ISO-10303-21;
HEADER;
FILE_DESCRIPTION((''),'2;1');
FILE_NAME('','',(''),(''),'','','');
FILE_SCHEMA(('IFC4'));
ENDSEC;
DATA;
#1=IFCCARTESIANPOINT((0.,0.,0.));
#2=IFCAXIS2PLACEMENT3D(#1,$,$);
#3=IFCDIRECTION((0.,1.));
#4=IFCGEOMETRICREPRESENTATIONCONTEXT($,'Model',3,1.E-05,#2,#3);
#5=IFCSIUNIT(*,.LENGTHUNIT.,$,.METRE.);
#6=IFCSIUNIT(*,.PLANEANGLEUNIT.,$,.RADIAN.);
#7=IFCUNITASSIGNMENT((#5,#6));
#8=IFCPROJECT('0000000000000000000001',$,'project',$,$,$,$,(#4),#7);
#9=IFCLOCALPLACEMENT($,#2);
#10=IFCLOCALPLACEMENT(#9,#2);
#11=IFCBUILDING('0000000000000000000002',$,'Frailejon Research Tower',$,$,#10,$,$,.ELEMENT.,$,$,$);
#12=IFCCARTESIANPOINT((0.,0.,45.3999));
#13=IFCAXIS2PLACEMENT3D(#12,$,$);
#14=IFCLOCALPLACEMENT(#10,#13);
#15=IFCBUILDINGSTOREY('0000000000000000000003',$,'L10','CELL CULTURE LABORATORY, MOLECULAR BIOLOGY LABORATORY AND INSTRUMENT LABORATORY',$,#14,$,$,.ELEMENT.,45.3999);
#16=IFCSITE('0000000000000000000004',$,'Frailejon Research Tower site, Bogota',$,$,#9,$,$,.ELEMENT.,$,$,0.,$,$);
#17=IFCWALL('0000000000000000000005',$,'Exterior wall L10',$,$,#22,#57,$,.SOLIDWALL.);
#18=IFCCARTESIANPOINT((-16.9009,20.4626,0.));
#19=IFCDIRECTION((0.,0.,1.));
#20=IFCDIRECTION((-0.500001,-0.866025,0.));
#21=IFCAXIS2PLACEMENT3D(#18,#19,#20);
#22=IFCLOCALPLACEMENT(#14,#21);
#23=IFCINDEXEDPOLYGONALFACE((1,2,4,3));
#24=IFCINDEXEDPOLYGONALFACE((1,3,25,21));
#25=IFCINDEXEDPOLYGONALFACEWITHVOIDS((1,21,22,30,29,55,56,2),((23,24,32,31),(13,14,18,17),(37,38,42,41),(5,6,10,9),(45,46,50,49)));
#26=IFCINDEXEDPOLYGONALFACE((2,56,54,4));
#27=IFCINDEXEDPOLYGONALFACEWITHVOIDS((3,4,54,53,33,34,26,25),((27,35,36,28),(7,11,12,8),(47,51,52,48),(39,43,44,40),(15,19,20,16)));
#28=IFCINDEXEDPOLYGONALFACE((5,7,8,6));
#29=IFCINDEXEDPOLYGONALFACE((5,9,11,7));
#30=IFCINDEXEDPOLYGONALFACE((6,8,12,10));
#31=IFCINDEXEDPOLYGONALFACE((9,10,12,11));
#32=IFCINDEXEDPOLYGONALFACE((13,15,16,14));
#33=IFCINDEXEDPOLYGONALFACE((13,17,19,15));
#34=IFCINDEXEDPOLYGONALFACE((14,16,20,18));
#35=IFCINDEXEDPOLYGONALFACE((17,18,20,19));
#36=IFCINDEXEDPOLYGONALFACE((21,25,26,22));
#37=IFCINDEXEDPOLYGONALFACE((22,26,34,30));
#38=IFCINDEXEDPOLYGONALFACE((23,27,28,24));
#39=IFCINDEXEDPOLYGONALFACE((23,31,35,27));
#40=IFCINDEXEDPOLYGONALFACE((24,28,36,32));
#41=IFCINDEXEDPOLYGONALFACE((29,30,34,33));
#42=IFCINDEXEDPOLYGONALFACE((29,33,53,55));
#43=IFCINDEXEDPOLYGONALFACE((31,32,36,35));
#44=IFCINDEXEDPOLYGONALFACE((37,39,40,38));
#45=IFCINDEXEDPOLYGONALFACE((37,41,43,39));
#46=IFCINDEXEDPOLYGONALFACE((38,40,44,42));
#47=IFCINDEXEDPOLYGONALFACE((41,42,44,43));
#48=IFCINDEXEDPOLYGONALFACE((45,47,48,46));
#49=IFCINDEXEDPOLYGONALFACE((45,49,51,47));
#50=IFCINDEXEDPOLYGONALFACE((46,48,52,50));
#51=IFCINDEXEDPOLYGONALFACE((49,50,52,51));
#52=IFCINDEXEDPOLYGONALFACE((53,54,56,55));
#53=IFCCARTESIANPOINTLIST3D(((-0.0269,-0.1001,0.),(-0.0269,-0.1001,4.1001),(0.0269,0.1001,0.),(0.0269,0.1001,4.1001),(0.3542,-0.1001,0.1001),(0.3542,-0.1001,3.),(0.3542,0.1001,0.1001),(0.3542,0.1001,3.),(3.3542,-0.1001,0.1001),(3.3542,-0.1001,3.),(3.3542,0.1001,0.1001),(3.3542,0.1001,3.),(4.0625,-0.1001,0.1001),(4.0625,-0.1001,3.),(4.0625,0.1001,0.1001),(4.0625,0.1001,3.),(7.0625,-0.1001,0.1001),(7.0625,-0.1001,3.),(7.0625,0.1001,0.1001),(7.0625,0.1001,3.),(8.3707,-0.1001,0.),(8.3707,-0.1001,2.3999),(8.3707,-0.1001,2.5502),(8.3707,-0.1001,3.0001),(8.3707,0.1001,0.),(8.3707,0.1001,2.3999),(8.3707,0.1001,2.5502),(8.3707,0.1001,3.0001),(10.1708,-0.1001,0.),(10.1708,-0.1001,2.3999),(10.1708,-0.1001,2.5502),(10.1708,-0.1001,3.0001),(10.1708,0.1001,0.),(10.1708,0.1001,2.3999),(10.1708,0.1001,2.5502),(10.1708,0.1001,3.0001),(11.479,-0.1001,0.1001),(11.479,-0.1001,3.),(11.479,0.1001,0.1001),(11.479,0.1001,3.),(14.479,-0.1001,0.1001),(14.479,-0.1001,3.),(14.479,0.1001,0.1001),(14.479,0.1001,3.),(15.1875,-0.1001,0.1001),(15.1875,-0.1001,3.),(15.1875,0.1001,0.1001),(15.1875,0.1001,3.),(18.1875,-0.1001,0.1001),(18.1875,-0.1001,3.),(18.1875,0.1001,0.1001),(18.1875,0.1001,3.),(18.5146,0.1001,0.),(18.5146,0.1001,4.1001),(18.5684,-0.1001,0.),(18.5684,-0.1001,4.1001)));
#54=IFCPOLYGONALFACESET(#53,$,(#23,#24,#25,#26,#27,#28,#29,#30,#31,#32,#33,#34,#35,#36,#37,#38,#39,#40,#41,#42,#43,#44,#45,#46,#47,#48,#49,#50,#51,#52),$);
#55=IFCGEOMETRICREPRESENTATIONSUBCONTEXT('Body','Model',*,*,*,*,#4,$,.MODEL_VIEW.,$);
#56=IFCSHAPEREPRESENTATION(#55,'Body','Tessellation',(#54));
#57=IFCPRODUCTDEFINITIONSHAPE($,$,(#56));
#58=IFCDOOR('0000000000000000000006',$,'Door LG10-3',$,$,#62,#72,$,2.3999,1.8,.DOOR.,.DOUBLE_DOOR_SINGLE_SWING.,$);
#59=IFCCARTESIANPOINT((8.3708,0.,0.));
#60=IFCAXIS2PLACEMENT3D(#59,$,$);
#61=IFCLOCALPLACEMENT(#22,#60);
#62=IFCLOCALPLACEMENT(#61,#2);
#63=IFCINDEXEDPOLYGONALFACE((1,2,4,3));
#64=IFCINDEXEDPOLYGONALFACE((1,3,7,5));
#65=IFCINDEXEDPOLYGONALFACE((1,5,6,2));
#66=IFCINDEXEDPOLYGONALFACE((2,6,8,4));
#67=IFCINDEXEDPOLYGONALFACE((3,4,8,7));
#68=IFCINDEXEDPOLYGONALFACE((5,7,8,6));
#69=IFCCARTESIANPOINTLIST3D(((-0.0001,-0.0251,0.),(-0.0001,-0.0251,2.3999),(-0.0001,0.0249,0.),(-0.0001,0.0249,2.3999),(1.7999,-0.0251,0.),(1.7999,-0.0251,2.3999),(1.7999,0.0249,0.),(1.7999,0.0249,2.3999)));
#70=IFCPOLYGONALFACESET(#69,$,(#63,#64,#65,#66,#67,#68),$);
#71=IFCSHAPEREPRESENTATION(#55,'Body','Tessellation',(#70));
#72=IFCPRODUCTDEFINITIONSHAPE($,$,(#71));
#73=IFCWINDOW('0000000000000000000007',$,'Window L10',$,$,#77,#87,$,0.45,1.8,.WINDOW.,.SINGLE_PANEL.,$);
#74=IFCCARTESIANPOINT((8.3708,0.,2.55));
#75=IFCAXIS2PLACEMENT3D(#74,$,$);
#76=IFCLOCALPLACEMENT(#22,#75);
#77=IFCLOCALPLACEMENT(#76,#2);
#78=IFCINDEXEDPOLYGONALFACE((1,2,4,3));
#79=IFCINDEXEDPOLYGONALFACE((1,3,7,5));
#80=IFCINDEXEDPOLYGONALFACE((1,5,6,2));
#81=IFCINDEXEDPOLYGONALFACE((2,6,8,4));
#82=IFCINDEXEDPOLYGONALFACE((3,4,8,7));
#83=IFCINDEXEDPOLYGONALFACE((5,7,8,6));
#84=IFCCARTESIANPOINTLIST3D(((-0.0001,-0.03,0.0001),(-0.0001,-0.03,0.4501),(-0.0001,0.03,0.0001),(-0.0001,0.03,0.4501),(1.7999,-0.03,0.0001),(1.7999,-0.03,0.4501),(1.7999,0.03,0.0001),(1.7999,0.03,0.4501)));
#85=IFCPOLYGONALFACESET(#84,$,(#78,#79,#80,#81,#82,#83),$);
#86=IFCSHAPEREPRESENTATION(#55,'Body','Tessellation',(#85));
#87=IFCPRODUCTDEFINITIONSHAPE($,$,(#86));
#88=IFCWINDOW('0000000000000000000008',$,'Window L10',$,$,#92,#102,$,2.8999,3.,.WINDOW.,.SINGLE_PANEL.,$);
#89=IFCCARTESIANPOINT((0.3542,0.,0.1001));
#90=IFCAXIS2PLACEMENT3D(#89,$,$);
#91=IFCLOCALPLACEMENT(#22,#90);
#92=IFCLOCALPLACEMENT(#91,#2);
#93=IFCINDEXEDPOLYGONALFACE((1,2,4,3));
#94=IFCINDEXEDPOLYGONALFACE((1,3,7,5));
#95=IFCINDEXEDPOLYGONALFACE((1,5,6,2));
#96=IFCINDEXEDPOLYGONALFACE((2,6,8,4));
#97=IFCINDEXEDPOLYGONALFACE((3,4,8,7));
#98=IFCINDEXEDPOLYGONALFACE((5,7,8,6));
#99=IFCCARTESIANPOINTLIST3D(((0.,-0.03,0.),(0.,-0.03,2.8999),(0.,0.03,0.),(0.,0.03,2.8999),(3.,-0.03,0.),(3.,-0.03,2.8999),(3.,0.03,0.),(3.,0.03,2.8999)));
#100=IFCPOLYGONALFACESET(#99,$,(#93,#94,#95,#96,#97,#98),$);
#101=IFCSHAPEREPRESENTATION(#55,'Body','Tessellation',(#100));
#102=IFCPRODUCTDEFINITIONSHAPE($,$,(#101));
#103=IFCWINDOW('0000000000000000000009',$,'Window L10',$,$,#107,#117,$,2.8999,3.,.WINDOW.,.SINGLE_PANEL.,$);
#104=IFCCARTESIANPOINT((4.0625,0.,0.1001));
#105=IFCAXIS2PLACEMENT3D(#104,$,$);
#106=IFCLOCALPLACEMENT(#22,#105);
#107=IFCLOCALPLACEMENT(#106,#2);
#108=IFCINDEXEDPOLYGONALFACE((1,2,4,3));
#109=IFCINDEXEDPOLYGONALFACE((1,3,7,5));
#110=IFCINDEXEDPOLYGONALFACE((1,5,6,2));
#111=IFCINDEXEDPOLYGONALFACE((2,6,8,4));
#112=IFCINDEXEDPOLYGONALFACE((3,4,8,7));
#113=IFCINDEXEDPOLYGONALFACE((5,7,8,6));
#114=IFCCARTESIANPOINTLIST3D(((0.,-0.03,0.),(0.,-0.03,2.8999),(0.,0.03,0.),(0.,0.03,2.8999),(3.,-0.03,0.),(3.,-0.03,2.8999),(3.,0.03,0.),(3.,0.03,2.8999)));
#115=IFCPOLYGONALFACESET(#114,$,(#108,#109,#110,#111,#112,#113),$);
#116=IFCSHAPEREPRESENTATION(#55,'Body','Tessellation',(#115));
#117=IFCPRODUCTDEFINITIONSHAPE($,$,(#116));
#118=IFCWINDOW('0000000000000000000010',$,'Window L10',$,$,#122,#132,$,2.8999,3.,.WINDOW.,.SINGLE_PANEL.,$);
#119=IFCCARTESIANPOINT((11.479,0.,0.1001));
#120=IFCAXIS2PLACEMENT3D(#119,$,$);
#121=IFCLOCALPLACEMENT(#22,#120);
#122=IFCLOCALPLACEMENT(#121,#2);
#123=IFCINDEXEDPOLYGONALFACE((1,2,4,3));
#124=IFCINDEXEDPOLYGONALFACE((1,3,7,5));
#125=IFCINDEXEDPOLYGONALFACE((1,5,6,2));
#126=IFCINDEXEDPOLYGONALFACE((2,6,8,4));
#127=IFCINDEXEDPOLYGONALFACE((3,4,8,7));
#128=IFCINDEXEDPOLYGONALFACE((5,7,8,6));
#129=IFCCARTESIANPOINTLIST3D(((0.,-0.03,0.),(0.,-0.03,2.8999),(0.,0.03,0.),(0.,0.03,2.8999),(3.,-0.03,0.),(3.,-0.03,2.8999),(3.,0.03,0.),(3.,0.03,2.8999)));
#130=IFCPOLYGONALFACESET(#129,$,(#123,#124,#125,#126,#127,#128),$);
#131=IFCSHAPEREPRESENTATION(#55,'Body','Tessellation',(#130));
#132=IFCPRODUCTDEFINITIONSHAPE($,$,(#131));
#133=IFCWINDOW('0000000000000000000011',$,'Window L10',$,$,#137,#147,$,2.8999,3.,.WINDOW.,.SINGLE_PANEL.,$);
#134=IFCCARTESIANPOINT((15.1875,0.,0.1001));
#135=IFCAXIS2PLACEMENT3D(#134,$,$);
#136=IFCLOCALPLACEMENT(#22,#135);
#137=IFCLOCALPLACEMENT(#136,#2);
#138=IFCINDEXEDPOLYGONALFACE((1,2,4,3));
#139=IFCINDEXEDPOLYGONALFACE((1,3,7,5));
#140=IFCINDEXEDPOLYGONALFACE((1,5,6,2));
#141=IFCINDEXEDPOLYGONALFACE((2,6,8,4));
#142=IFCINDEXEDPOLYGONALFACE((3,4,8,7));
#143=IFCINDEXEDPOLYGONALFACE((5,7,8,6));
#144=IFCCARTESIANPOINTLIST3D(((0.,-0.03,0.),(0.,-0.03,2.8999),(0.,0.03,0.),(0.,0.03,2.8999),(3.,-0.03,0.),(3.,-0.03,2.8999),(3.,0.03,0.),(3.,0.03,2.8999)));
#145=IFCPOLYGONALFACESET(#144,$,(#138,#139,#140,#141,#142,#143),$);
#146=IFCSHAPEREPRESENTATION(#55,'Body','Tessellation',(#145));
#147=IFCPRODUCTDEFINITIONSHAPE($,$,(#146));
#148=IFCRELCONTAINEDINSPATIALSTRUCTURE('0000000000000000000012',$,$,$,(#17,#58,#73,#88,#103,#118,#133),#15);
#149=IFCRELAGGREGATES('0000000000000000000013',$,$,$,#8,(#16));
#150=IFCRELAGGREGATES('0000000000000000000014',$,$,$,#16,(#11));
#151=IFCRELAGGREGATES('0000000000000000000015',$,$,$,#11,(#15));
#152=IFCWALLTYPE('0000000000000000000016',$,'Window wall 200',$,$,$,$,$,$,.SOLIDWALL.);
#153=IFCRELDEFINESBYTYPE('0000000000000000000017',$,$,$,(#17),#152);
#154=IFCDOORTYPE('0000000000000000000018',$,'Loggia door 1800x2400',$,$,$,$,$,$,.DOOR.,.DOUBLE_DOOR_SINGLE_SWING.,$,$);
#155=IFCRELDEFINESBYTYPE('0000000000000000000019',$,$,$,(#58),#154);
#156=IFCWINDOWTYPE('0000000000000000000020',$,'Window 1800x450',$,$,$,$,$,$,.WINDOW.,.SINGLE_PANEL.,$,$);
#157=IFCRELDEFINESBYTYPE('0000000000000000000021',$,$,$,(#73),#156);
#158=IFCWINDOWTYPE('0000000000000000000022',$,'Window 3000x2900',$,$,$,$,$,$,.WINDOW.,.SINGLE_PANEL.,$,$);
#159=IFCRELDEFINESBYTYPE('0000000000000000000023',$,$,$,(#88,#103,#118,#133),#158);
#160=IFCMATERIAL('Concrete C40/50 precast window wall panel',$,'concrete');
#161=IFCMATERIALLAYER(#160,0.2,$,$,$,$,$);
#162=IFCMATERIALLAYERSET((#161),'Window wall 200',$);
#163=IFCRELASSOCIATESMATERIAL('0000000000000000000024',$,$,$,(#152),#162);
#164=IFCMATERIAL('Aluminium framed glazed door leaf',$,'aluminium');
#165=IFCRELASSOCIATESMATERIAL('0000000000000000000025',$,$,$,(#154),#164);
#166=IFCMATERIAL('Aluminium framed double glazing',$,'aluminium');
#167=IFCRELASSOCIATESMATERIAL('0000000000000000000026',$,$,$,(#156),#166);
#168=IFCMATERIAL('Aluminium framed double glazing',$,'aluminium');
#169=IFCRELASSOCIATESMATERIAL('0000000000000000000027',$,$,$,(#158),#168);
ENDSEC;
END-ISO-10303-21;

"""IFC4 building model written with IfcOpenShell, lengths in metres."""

from ifc_helpers import new_model, si_unit, direction, frame, frame_2d, origin, place, context, subcontext, project, spatial, polyline, rectangle, outline, extrude, material, layer, layer_set, type_object, element, fill, save


model = new_model("IFC4")

# Units and contexts
model_context = context("Model", 3, precision=1e-05, world=origin(), true_north=direction((0.0, 1.0)))
body_context = subcontext(model_context, "Body", "Model", "MODEL_VIEW")
ifc_project = project(units=[si_unit("LENGTHUNIT", "METRE"), si_unit("PLANEANGLEUNIT", "RADIAN")], contexts=[model_context])

# Site, building, storey
site_placement = place(None, origin())
site = spatial("IfcSite", under=ifc_project, at=site_placement, Name="Frailejon Research Tower site, Bogota", CompositionType="ELEMENT", RefElevation=0.0)
building_placement = place(site_placement, origin())
building = spatial("IfcBuilding", under=site, at=building_placement, Name="Frailejon Research Tower", CompositionType="ELEMENT")
storey_placement = place(building_placement, frame((0.0, 0.0, 45.3999)))
storey = spatial("IfcBuildingStorey", under=building, at=storey_placement, Name="L10", Description="CELL CULTURE LABORATORY, MOLECULAR BIOLOGY LABORATORY AND INSTRUMENT LABORATORY", CompositionType="ELEMENT", Elevation=45.3999)

# Wall, openings, door, windows
ifc_material_1 = material(Name="Concrete C40/50 precast window wall panel", Category="concrete")
ifc_layer_1 = layer(ifc_material_1, 0.2)
ifc_layer_set_1 = layer_set([ifc_layer_1], Name="Window wall 200")
wall_type_1 = type_object("IfcWallType", Name="Window wall 200", PredefinedType="SOLIDWALL", material=ifc_layer_set_1)
wall_1_placement = place(storey_placement, frame((-16.9009, 20.4626, 0.0), z_axis=(0.0, 0.0, 1.0), x_axis=(-0.500001, -0.866025, 0.0)))
wall_1 = element("IfcWall", 1, at=wall_1_placement, inside=storey, type_object=wall_type_1, Name="Exterior wall L10", PredefinedType="SOLIDWALL", context=body_context, shape_type="SweptSolid", body=[
    extrude(outline(polyline([(-0.0269, -0.1001), (1.0061, -0.1001), (2.0393, -0.1001), (3.0723, -0.1001), (4.1055, -0.1001), (5.1384, -0.1001), (6.1716, -0.1001), (7.2046, -0.1001), (8.2378, -0.1001), (9.2708, -0.1001), (10.3037, -0.1001), (11.3369, -0.1001), (12.3699, -0.1001), (13.4031, -0.1001), (14.436, -0.1001), (15.4692, -0.1001), (16.5022, -0.1001), (17.5354, -0.1001), (18.5684, -0.1001), (18.5146, 0.1001), (17.4875, 0.1001), (16.4604, 0.1001), (15.4333, 0.1001), (14.4062, 0.1001), (13.3792, 0.1001), (12.3521, 0.1001), (11.325, 0.1001), (10.2979, 0.1001), (9.2708, 0.1001), (8.2437, 0.1001), (7.2166, 0.1001), (6.1895, 0.1001), (5.1624, 0.1001), (4.1353, 0.1001), (3.1082, 0.1001), (2.0811, 0.1001), (1.054, 0.1001), (0.0269, 0.1001), (-0.0269, -0.1001)])), origin(), (0.0, 0.0, 1.0), 4.1001),
])
opening_1_placement = place(wall_1_placement, frame((0.3542, 0.0, 0.1001)))
opening_1 = element("IfcOpeningElement", 2, at=opening_1_placement, cuts=wall_1, PredefinedType="OPENING", context=body_context, shape_type="SweptSolid", body=[
    extrude(rectangle(XDim=3.0, YDim=2.8999, at=frame_2d((1.5, 1.45))), frame((0.0, 0.1099, 0.0), z_axis=(0.0, -1.0, 0.0), x_axis=(1.0, 0.0, 0.0)), (0.0, 0.0, 1.0), 0.22),
])
opening_2_placement = place(wall_1_placement, frame((4.0625, 0.0, 0.1001)))
opening_2 = element("IfcOpeningElement", 3, at=opening_2_placement, cuts=wall_1, PredefinedType="OPENING", context=body_context, shape_type="SweptSolid", body=[
    extrude(rectangle(XDim=3.0, YDim=2.8999, at=frame_2d((1.5, 1.45))), frame((0.0, 0.1099, 0.0), z_axis=(0.0, -1.0, 0.0), x_axis=(1.0, 0.0, 0.0)), (0.0, 0.0, 1.0), 0.22),
])
opening_3_placement = place(wall_1_placement, frame((8.3708, 0.0, 0.0)))
opening_3 = element("IfcOpeningElement", 4, at=opening_3_placement, cuts=wall_1, PredefinedType="OPENING", context=body_context, shape_type="SweptSolid", body=[
    extrude(rectangle(XDim=1.8, YDim=2.3999, at=frame_2d((0.8999, 1.2))), frame((0.0, 0.1099, 0.0), z_axis=(0.0, -1.0, 0.0), x_axis=(1.0, 0.0, 0.0)), (0.0, 0.0, 1.0), 0.22),
])
opening_4_placement = place(wall_1_placement, frame((8.3708, 0.0, 2.55)))
opening_4 = element("IfcOpeningElement", 5, at=opening_4_placement, cuts=wall_1, PredefinedType="OPENING", context=body_context, shape_type="SweptSolid", body=[
    extrude(rectangle(XDim=1.8, YDim=0.45, at=frame_2d((0.8999, 0.2251))), frame((0.0, 0.1099, 0.0), z_axis=(0.0, -1.0, 0.0), x_axis=(1.0, 0.0, 0.0)), (0.0, 0.0, 1.0), 0.22),
])
opening_5_placement = place(wall_1_placement, frame((11.479, 0.0, 0.1001)))
opening_5 = element("IfcOpeningElement", 6, at=opening_5_placement, cuts=wall_1, PredefinedType="OPENING", context=body_context, shape_type="SweptSolid", body=[
    extrude(rectangle(XDim=3.0, YDim=2.8999, at=frame_2d((1.5, 1.45))), frame((0.0, 0.1099, 0.0), z_axis=(0.0, -1.0, 0.0), x_axis=(1.0, 0.0, 0.0)), (0.0, 0.0, 1.0), 0.22),
])
opening_6_placement = place(wall_1_placement, frame((15.1875, 0.0, 0.1001)))
opening_6 = element("IfcOpeningElement", 7, at=opening_6_placement, cuts=wall_1, PredefinedType="OPENING", context=body_context, shape_type="SweptSolid", body=[
    extrude(rectangle(XDim=3.0, YDim=2.8999, at=frame_2d((1.5, 1.45))), frame((0.0, 0.1099, 0.0), z_axis=(0.0, -1.0, 0.0), x_axis=(1.0, 0.0, 0.0)), (0.0, 0.0, 1.0), 0.22),
])
ifc_material_2 = material(Name="Aluminium framed glazed door leaf", Category="aluminium")
door_type = type_object("IfcDoorType", Name="Loggia door 1800x2400", OperationType="DOUBLE_DOOR_SINGLE_SWING", PredefinedType="DOOR", material=ifc_material_2)
door_placement = place(opening_3_placement, origin())
door = element("IfcDoor", 8, at=door_placement, inside=storey, type_object=door_type, Name="Door LG10-3", OperationType="DOUBLE_DOOR_SINGLE_SWING", OverallHeight=2.3999, OverallWidth=1.8, PredefinedType="DOOR", context=body_context, shape_type="SweptSolid", body=[
    extrude(rectangle(XDim=1.8, YDim=2.3999, at=frame_2d((0.8999, 1.2))), frame((0.0, 0.0249, 0.0), z_axis=(0.0, -1.0, 0.0), x_axis=(1.0, 0.0, 0.0)), (0.0, 0.0, 1.0), 0.05),
])
fill(opening_3, door)
ifc_material_3 = material(Name="Aluminium framed double glazing", Category="aluminium")
window_type_1 = type_object("IfcWindowType", Name="Window 1800x450", PartitioningType="SINGLE_PANEL", PredefinedType="WINDOW", material=ifc_material_3)
window_1_placement = place(opening_4_placement, origin())
window_1 = element("IfcWindow", 9, at=window_1_placement, inside=storey, type_object=window_type_1, Name="Window L10", OverallHeight=0.45, OverallWidth=1.8, PartitioningType="SINGLE_PANEL", PredefinedType="WINDOW", context=body_context, shape_type="SweptSolid", body=[
    extrude(rectangle(XDim=1.8, YDim=0.45, at=frame_2d((0.8999, 0.2251))), frame((0.0, 0.03, 0.0), z_axis=(0.0, -1.0, 0.0), x_axis=(1.0, 0.0, 0.0)), (0.0, 0.0, 1.0), 0.0601),
])
fill(opening_4, window_1)
ifc_material_4 = material(Name="Aluminium framed double glazing", Category="aluminium")
window_type_2 = type_object("IfcWindowType", Name="Window 3000x2900", PartitioningType="SINGLE_PANEL", PredefinedType="WINDOW", material=ifc_material_4)
window_2_placement = place(opening_1_placement, origin())
window_2 = element("IfcWindow", 10, at=window_2_placement, inside=storey, type_object=window_type_2, Name="Window L10", OverallHeight=2.8999, OverallWidth=3.0, PartitioningType="SINGLE_PANEL", PredefinedType="WINDOW", context=body_context, shape_type="SweptSolid", body=[
    extrude(rectangle(XDim=3.0, YDim=2.8999, at=frame_2d((1.5, 1.45))), frame((0.0, 0.03, 0.0), z_axis=(0.0, -1.0, 0.0), x_axis=(1.0, 0.0, 0.0)), (0.0, 0.0, 1.0), 0.0601),
])
fill(opening_1, window_2)
window_3_placement = place(opening_2_placement, origin())
window_3 = element("IfcWindow", 11, at=window_3_placement, inside=storey, type_object=window_type_2, Name="Window L10", OverallHeight=2.8999, OverallWidth=3.0, PartitioningType="SINGLE_PANEL", PredefinedType="WINDOW", context=body_context, shape_type="SweptSolid", body=[
    extrude(rectangle(XDim=3.0, YDim=2.8999, at=frame_2d((1.5, 1.45))), frame((0.0, 0.03, 0.0), z_axis=(0.0, -1.0, 0.0), x_axis=(1.0, 0.0, 0.0)), (0.0, 0.0, 1.0), 0.0601),
])
fill(opening_2, window_3)
window_4_placement = place(opening_5_placement, origin())
window_4 = element("IfcWindow", 12, at=window_4_placement, inside=storey, type_object=window_type_2, Name="Window L10", OverallHeight=2.8999, OverallWidth=3.0, PartitioningType="SINGLE_PANEL", PredefinedType="WINDOW", context=body_context, shape_type="SweptSolid", body=[
    extrude(rectangle(XDim=3.0, YDim=2.8999, at=frame_2d((1.5, 1.45))), frame((0.0, 0.03, 0.0), z_axis=(0.0, -1.0, 0.0), x_axis=(1.0, 0.0, 0.0)), (0.0, 0.0, 1.0), 0.0601),
])
fill(opening_5, window_4)
window_5_placement = place(opening_6_placement, origin())
window_5 = element("IfcWindow", 13, at=window_5_placement, inside=storey, type_object=window_type_2, Name="Window L10", OverallHeight=2.8999, OverallWidth=3.0, PartitioningType="SINGLE_PANEL", PredefinedType="WINDOW", context=body_context, shape_type="SweptSolid", body=[
    extrude(rectangle(XDim=3.0, YDim=2.8999, at=frame_2d((1.5, 1.45))), frame((0.0, 0.03, 0.0), z_axis=(0.0, -1.0, 0.0), x_axis=(1.0, 0.0, 0.0)), (0.0, 0.0, 1.0), 0.0601),
])
fill(opening_6, window_5)

save(model, "model.ifc")
